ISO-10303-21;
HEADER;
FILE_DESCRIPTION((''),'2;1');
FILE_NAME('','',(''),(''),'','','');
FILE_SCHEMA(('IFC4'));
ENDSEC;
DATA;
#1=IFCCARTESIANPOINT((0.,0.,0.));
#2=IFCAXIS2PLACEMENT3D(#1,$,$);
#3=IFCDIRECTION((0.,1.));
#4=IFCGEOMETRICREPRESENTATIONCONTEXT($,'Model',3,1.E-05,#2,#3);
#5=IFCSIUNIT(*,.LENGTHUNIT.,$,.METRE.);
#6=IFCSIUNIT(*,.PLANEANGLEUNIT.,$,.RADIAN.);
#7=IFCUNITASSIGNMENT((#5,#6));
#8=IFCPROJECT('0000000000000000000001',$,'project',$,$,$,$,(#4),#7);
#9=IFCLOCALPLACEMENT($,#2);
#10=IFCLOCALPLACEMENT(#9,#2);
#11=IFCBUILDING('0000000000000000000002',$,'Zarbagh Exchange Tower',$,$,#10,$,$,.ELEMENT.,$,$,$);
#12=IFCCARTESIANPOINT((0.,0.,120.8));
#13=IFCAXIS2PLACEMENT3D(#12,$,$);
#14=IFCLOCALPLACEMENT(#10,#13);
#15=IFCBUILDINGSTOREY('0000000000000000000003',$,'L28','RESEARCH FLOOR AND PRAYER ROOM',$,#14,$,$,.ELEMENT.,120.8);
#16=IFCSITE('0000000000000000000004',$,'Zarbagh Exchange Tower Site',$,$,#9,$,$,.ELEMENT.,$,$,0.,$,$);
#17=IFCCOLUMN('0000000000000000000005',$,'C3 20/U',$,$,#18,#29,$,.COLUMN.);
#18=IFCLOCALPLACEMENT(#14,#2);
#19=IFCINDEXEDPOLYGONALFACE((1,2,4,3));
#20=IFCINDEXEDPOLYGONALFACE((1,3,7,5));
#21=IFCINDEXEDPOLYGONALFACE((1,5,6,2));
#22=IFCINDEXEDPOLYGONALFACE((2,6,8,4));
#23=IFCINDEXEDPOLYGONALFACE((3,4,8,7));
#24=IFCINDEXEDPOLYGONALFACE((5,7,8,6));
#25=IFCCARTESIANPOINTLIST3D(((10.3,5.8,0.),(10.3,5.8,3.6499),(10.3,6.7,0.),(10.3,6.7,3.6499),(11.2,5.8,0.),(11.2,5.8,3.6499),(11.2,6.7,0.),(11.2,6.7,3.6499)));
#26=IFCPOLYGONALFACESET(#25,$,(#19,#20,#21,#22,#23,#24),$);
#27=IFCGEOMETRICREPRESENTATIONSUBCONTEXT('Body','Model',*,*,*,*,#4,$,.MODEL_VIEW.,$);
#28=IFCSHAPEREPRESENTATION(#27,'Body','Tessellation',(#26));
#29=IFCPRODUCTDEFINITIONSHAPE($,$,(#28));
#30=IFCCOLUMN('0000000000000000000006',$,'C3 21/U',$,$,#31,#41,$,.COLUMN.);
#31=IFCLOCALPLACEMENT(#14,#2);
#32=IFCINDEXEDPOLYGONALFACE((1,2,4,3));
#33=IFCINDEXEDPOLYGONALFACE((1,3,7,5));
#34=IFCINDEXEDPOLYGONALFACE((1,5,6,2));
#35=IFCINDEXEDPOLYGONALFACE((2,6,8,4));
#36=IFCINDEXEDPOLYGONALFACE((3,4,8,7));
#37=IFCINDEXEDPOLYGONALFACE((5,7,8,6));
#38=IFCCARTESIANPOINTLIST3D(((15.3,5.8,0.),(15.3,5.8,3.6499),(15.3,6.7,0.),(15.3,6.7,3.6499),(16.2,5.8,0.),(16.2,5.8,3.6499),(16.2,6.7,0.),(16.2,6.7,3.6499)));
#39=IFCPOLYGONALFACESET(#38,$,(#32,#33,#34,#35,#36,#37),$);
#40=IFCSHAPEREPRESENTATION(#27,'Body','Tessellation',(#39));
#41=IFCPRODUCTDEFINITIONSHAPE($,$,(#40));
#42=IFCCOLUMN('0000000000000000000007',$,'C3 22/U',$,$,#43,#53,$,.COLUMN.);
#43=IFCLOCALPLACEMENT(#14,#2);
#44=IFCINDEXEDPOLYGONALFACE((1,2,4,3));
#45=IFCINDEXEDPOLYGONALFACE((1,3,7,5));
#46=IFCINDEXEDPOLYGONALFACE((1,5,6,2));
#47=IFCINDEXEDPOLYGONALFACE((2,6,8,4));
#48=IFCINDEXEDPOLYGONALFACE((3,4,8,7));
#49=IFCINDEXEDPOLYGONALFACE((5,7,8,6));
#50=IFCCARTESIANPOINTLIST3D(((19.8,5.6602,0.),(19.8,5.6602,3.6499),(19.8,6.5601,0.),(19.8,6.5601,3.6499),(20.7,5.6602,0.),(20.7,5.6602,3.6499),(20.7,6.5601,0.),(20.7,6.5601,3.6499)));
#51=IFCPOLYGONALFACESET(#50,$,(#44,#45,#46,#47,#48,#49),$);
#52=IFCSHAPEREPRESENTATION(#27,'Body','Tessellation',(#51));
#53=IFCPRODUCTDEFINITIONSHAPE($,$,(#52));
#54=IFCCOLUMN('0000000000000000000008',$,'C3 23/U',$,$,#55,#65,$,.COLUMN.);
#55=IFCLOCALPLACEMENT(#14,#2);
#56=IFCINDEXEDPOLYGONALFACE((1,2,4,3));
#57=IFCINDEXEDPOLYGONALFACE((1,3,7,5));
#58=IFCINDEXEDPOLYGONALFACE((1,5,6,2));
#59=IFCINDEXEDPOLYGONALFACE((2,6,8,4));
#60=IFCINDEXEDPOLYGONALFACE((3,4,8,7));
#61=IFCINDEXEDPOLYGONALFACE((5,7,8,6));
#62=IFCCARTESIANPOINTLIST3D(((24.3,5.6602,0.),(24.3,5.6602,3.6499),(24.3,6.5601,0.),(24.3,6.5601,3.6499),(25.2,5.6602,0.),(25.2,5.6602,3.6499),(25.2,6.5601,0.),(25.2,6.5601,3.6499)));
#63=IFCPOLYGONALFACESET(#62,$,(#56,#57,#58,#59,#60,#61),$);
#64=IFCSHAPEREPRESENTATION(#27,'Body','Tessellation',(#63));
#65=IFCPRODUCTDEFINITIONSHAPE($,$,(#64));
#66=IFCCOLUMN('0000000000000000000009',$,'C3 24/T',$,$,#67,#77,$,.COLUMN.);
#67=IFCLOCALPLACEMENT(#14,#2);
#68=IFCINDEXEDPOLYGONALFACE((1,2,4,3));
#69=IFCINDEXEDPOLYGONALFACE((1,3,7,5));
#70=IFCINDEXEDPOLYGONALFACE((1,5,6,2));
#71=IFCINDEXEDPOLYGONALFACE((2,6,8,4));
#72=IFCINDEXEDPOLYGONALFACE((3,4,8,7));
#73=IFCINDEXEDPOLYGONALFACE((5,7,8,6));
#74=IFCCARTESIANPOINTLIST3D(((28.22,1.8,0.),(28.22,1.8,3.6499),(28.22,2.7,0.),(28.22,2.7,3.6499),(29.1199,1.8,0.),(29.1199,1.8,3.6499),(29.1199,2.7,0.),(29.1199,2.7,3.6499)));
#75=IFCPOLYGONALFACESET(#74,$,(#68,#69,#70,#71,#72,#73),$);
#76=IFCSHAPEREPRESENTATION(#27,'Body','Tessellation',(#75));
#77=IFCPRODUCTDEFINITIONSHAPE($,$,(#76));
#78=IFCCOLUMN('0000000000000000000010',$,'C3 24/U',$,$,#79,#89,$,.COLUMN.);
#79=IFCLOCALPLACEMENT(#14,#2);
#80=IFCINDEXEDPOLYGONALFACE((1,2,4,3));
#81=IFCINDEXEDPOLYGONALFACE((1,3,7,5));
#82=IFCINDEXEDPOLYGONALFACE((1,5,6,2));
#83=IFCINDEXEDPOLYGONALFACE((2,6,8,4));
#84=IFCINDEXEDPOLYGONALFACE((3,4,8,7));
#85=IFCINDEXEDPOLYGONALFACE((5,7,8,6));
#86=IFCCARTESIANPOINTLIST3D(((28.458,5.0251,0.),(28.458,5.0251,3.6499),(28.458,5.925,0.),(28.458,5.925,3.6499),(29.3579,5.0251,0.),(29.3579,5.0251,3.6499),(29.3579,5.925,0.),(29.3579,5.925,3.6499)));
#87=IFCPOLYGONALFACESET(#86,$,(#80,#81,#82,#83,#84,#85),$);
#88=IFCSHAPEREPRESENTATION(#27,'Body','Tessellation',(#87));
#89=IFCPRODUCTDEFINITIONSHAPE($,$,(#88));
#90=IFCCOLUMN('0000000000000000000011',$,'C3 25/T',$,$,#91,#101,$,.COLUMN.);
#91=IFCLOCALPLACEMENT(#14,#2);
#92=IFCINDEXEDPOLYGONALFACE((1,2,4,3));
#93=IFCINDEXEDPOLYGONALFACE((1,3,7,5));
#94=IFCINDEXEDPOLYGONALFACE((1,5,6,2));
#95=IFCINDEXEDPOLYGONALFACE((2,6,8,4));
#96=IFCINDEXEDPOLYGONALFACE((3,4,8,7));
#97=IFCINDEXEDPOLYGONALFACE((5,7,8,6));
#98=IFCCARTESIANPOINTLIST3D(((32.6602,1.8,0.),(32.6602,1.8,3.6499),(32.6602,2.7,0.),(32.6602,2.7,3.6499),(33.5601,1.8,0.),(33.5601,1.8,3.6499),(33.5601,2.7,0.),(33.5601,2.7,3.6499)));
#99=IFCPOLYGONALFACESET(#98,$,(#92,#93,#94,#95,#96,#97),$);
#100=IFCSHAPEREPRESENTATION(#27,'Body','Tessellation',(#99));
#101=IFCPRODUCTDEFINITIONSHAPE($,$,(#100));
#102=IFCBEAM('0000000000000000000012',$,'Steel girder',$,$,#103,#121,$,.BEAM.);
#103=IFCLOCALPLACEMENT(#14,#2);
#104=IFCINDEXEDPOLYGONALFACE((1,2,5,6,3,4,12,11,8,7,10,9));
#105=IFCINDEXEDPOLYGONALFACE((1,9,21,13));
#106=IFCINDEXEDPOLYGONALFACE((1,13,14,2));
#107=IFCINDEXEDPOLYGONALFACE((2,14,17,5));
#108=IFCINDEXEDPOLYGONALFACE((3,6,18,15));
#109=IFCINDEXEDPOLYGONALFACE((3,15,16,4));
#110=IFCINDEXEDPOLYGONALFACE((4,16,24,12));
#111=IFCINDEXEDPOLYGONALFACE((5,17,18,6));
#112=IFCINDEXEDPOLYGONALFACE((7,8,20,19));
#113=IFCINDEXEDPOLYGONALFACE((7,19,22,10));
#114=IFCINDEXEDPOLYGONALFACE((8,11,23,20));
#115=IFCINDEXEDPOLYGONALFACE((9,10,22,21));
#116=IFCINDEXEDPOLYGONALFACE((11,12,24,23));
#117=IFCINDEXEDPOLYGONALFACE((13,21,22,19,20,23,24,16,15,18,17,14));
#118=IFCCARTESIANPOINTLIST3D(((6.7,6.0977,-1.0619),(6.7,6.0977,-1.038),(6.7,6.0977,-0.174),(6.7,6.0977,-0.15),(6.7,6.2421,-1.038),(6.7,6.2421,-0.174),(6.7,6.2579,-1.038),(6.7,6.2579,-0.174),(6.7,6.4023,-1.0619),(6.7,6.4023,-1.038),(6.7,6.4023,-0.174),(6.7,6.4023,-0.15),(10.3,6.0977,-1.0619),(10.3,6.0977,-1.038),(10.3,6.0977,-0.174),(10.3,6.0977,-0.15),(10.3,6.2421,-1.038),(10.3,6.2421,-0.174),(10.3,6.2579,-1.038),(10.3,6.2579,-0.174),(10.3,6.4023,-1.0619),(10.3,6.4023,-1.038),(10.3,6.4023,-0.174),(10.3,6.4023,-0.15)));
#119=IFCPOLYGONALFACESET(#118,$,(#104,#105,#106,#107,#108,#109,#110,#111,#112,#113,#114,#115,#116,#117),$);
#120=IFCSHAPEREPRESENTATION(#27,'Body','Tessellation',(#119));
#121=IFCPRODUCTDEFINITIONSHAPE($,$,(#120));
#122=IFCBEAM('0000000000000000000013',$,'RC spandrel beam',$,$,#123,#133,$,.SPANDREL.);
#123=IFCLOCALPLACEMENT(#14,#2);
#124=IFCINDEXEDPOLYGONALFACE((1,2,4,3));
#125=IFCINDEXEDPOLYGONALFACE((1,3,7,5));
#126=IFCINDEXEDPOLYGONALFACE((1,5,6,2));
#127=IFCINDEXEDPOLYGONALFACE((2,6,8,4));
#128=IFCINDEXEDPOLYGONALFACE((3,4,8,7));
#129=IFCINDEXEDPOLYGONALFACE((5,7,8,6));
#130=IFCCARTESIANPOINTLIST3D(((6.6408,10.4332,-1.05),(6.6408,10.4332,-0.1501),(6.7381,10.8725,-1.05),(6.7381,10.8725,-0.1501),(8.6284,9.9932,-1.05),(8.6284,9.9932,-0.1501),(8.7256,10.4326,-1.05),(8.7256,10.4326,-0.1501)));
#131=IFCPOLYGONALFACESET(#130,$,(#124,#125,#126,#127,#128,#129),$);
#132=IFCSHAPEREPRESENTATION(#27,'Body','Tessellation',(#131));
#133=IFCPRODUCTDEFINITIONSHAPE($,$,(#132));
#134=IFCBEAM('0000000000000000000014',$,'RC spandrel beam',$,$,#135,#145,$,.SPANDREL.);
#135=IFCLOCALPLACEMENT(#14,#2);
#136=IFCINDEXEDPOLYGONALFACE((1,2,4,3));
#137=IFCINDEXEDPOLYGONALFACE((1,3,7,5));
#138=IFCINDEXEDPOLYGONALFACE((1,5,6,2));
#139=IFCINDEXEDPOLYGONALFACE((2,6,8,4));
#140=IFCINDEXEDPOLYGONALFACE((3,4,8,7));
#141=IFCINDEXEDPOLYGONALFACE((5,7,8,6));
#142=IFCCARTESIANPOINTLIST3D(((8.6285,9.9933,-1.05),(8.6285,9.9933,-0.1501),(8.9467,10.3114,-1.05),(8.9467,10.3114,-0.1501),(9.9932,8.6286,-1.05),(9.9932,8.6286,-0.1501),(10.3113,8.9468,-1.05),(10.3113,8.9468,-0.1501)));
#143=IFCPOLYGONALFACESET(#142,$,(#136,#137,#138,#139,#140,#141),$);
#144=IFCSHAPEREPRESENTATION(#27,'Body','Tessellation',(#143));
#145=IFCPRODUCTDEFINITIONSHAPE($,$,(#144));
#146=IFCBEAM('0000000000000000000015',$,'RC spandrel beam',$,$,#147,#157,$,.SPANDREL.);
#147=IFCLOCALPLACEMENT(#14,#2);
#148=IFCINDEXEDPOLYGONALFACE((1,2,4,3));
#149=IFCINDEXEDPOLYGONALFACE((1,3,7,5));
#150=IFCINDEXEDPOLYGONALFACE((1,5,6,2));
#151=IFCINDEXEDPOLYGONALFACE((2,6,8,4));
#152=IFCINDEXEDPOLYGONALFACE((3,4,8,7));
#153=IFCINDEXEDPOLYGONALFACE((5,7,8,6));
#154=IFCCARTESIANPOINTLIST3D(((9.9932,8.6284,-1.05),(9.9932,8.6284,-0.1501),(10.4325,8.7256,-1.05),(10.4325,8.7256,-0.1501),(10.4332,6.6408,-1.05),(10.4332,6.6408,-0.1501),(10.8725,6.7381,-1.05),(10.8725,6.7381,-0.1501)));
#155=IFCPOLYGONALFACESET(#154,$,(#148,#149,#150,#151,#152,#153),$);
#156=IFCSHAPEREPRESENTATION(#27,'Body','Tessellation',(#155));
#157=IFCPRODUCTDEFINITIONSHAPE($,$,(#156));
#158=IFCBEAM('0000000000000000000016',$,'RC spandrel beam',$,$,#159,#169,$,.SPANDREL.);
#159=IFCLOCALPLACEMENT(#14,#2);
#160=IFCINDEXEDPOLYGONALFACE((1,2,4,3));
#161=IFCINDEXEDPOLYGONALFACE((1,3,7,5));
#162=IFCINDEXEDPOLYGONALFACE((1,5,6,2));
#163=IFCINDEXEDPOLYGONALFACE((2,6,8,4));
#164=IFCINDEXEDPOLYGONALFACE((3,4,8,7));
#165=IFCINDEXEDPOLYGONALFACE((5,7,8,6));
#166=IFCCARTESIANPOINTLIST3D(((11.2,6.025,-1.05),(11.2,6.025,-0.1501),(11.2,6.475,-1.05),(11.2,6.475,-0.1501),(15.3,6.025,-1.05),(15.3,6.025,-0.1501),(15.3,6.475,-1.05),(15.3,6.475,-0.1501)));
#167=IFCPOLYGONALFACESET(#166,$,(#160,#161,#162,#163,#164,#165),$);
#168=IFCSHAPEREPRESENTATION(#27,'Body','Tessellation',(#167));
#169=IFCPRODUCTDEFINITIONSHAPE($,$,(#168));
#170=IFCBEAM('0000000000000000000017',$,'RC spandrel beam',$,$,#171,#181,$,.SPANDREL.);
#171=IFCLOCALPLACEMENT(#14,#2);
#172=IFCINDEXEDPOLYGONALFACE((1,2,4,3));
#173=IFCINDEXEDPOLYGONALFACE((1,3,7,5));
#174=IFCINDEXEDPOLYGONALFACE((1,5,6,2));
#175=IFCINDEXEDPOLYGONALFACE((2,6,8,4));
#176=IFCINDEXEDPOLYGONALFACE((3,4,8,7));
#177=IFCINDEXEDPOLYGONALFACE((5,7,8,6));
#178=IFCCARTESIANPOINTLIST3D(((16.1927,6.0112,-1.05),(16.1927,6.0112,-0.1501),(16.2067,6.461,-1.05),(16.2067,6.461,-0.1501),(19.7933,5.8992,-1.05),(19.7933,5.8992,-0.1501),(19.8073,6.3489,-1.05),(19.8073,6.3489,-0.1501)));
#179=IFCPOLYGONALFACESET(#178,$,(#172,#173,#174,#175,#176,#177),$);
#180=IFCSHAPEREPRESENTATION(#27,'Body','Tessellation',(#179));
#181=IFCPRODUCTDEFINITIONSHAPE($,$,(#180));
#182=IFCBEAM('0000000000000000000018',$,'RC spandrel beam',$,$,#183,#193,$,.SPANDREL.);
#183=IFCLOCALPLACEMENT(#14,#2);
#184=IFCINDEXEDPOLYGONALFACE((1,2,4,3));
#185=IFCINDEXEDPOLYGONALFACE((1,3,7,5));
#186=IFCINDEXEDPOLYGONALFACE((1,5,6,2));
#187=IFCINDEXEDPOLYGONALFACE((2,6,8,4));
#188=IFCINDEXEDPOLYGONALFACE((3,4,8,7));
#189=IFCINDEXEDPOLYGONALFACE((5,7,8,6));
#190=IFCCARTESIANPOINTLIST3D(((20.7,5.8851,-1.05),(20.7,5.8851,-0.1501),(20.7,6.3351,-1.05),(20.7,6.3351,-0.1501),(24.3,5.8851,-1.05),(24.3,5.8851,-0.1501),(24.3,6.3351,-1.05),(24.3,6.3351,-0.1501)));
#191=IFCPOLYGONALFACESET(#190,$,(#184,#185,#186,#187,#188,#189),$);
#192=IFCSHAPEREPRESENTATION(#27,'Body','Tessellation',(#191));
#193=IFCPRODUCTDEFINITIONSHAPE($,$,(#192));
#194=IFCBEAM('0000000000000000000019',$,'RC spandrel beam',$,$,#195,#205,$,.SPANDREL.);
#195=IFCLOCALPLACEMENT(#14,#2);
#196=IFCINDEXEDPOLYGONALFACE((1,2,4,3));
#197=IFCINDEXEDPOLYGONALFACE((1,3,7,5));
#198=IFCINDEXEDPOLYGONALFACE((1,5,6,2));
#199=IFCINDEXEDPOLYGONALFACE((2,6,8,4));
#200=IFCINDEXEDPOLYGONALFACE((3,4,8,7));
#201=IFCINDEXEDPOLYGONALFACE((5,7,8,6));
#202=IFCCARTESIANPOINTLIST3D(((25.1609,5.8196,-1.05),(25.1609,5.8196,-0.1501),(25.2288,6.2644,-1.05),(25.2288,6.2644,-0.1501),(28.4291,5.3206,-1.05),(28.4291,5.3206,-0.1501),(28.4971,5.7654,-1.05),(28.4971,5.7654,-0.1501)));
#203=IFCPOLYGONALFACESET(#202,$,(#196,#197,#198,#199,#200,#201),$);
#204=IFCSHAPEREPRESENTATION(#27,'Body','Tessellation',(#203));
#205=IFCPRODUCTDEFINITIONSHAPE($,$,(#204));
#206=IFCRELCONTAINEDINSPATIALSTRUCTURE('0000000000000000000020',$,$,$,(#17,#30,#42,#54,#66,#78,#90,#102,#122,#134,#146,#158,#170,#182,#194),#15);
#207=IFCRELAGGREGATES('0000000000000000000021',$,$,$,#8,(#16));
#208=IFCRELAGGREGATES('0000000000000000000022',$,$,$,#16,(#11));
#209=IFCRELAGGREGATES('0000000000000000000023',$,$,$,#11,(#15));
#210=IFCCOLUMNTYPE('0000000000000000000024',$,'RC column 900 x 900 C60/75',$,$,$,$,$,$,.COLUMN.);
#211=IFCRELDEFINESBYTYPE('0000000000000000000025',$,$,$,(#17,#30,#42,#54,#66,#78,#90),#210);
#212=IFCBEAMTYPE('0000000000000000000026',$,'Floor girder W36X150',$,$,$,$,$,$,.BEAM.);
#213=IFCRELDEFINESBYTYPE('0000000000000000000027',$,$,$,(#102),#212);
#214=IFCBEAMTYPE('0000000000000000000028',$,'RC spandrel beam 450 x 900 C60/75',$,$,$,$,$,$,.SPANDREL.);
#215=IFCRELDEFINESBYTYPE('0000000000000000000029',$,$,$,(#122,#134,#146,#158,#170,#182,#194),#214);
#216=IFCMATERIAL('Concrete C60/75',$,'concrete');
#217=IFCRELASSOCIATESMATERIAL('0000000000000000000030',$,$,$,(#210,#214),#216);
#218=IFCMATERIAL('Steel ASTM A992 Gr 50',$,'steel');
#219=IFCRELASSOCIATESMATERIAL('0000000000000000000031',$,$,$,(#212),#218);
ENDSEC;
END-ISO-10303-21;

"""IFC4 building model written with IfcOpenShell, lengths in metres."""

from ifc_helpers import new_model, si_unit, direction, frame, origin, origin_2d, place, context, subcontext, project, spatial, rectangle, i_section, extrude, material, material_profile, profile_set, type_object, element, save


model = new_model("IFC4")

# Units and contexts
model_context = context("Model", 3, precision=1e-05, world=origin(), true_north=direction((0.0, 1.0)))
body_context = subcontext(model_context, "Body", "Model", "MODEL_VIEW")
ifc_project = project(units=[si_unit("LENGTHUNIT", "METRE"), si_unit("PLANEANGLEUNIT", "RADIAN")], contexts=[model_context])

# Site, building, storey
site_placement = place(None, origin())
site = spatial("IfcSite", under=ifc_project, at=site_placement, Name="Zarbagh Exchange Tower Site", CompositionType="ELEMENT", RefElevation=0.0)
building_placement = place(site_placement, origin())
building = spatial("IfcBuilding", under=site, at=building_placement, Name="Zarbagh Exchange Tower", CompositionType="ELEMENT")
storey_placement = place(building_placement, frame((0.0, 0.0, 120.8)))
storey = spatial("IfcBuildingStorey", under=building, at=storey_placement, Name="L28", Description="RESEARCH FLOOR AND PRAYER ROOM", CompositionType="ELEMENT", Elevation=120.8)

# Columns
ifc_material_1 = material(Name="Concrete C60/75", Category="concrete")
ifc_material_profile_1 = material_profile(ifc_material_1, rectangle(XDim=0.8999, YDim=0.8999, at=origin_2d()), Name="RC column 900 x 900 C60/75")
ifc_profile_set_1 = profile_set([ifc_material_profile_1], Name="Concrete C60/75")
column_type = type_object("IfcColumnType", Name="RC column 900 x 900 C60/75", PredefinedType="COLUMN", material=ifc_profile_set_1)
for number, where, z_axis, x_axis, name in (
    (1, (10.75, 6.25, 0.0), (0.0, 0.0, 1.0), (1.0, 0.0, 0.0), "C3 20/U"),
    (2, (15.75, 6.25, 0.0), (0.0, 0.0, 1.0), (1.0, 0.0, 0.0), "C3 21/U"),
    (3, (20.25, 6.1101, 0.0), (0.0, 0.0, 1.0), (1.0, 0.0, 0.0), "C3 22/U"),
    (4, (24.75, 6.1101, 0.0), (0.0, 0.0, 1.0), (1.0, 0.0, 0.0), "C3 23/U"),
    (5, (28.6699, 2.25, 0.0), (0.0, 0.0, 1.0), (1.0, 0.0, 0.0), "C3 24/T"),
    (6, (28.908, 5.4751, 0.0), (0.0, 0.0, 1.0), (1.0, 0.0, 0.0), "C3 24/U"),
    (7, (33.1101, 2.25, 0.0), (0.0, 0.0, 1.0), (1.0, 0.0, 0.0), "C3 25/T"),
):
    element("IfcColumn", number, at=place(storey_placement, frame(where, z_axis=z_axis, x_axis=x_axis)), inside=storey, type_object=column_type, Name=name, PredefinedType="COLUMN", context=body_context, shape_type="SweptSolid", body=[
        extrude(rectangle(XDim=0.8999, YDim=0.8999, at=origin_2d()), origin(), (0.0, 0.0, 1.0), 3.6499),
    ])

# Beams
ifc_material_2 = material(Name="Steel ASTM A992 Gr 50", Category="steel")
ifc_material_profile_2 = material_profile(ifc_material_2, i_section(OverallWidth=0.3047, OverallDepth=0.9119, WebThickness=0.0159, FlangeThickness=0.0239, at=origin_2d()), Name="W36X150")
ifc_profile_set_2 = profile_set([ifc_material_profile_2], Name="Steel ASTM A992 Gr 50")
beam_type_1 = type_object("IfcBeamType", Name="Floor girder W36X150", PredefinedType="BEAM", material=ifc_profile_set_2)
beam_1_placement = place(storey_placement, frame((6.7, 6.25, -0.606), z_axis=(1.0, 0.0, 0.0), x_axis=(0.0, 1.0, 0.0)))
element("IfcBeam", 8, at=beam_1_placement, inside=storey, type_object=beam_type_1, Name="Steel girder", PredefinedType="BEAM", context=body_context, shape_type="SweptSolid", body=[
    extrude(i_section(OverallWidth=0.3047, OverallDepth=0.9119, WebThickness=0.0159, FlangeThickness=0.0239, at=origin_2d()), origin(), (0.0, 0.0, 1.0), 3.6001),
])
ifc_material_profile_3 = material_profile(ifc_material_1, rectangle(XDim=0.45, YDim=0.8999, at=origin_2d()), Name="RC spandrel beam 450 x 900 C60/75")
ifc_profile_set_3 = profile_set([ifc_material_profile_3], Name="Concrete C60/75")
beam_type_2 = type_object("IfcBeamType", Name="RC spandrel beam 450 x 900 C60/75", PredefinedType="SPANDREL", material=ifc_profile_set_3)
beam_2_placement = place(storey_placement, frame((6.6895, 10.6528, -0.6001), z_axis=(0.976367, -0.216118, 0.0), x_axis=(0.216118, 0.976367, 0.0)))
element("IfcBeam", 9, at=beam_2_placement, inside=storey, type_object=beam_type_2, Name="RC spandrel beam", PredefinedType="SPANDREL", context=body_context, shape_type="SweptSolid", body=[
    extrude(rectangle(XDim=0.45, YDim=0.8999, at=origin_2d()), origin(), (0.0, 0.0, 1.0), 2.0356),
])
beam_3_placement = place(storey_placement, frame((8.7876, 10.1523, -0.6001), z_axis=(0.707107, -0.707107, 0.0), x_axis=(0.707107, 0.707107, 0.0)))
element("IfcBeam", 10, at=beam_3_placement, inside=storey, type_object=beam_type_2, Name="RC spandrel beam", PredefinedType="SPANDREL", context=body_context, shape_type="SweptSolid", body=[
    extrude(rectangle(XDim=0.45, YDim=0.8999, at=origin_2d()), origin(), (0.0, 0.0, 1.0), 1.9299),
])
beam_4_placement = place(storey_placement, frame((10.2129, 8.677, -0.6001), z_axis=(0.216118, -0.976367, 0.0), x_axis=(0.976367, 0.216118, 0.0)))
element("IfcBeam", 11, at=beam_4_placement, inside=storey, type_object=beam_type_2, Name="RC spandrel beam", PredefinedType="SPANDREL", context=body_context, shape_type="SweptSolid", body=[
    extrude(rectangle(XDim=0.45, YDim=0.8999, at=origin_2d()), origin(), (0.0, 0.0, 1.0), 2.0356),
])
beam_5_placement = place(storey_placement, frame((11.2, 6.25, -0.6001), z_axis=(1.0, 0.0, 0.0), x_axis=(0.0, 1.0, 0.0)))
element("IfcBeam", 12, at=beam_5_placement, inside=storey, type_object=beam_type_2, Name="RC spandrel beam", PredefinedType="SPANDREL", context=body_context, shape_type="SweptSolid", body=[
    extrude(rectangle(XDim=0.45, YDim=0.8999, at=origin_2d()), origin(), (0.0, 0.0, 1.0), 4.1001),
])
beam_6_placement = place(storey_placement, frame((16.1997, 6.2361, -0.6001), z_axis=(0.999516, -0.031108, 0.0), x_axis=(0.031108, 0.999516, 0.0)))
element("IfcBeam", 13, at=beam_6_placement, inside=storey, type_object=beam_type_2, Name="RC spandrel beam", PredefinedType="SPANDREL", context=body_context, shape_type="SweptSolid", body=[
    extrude(rectangle(XDim=0.45, YDim=0.8999, at=origin_2d()), origin(), (0.0, 0.0, 1.0), 3.6023),
])
beam_7_placement = place(storey_placement, frame((20.7, 6.1101, -0.6001), z_axis=(1.0, 0.0, 0.0), x_axis=(0.0, 1.0, 0.0)))
element("IfcBeam", 14, at=beam_7_placement, inside=storey, type_object=beam_type_2, Name="RC spandrel beam", PredefinedType="SPANDREL", context=body_context, shape_type="SweptSolid", body=[
    extrude(rectangle(XDim=0.45, YDim=0.8999, at=origin_2d()), origin(), (0.0, 0.0, 1.0), 3.6001),
])
beam_8_placement = place(storey_placement, frame((25.1948, 6.042, -0.6001), z_axis=(0.988544, -0.150936, 0.0), x_axis=(0.150936, 0.988544, 0.0)))
element("IfcBeam", 15, at=beam_8_placement, inside=storey, type_object=beam_type_2, Name="RC spandrel beam", PredefinedType="SPANDREL", context=body_context, shape_type="SweptSolid", body=[
    extrude(rectangle(XDim=0.45, YDim=0.8999, at=origin_2d()), origin(), (0.0, 0.0, 1.0), 3.3062),
])

save(model, "model.ifc")
